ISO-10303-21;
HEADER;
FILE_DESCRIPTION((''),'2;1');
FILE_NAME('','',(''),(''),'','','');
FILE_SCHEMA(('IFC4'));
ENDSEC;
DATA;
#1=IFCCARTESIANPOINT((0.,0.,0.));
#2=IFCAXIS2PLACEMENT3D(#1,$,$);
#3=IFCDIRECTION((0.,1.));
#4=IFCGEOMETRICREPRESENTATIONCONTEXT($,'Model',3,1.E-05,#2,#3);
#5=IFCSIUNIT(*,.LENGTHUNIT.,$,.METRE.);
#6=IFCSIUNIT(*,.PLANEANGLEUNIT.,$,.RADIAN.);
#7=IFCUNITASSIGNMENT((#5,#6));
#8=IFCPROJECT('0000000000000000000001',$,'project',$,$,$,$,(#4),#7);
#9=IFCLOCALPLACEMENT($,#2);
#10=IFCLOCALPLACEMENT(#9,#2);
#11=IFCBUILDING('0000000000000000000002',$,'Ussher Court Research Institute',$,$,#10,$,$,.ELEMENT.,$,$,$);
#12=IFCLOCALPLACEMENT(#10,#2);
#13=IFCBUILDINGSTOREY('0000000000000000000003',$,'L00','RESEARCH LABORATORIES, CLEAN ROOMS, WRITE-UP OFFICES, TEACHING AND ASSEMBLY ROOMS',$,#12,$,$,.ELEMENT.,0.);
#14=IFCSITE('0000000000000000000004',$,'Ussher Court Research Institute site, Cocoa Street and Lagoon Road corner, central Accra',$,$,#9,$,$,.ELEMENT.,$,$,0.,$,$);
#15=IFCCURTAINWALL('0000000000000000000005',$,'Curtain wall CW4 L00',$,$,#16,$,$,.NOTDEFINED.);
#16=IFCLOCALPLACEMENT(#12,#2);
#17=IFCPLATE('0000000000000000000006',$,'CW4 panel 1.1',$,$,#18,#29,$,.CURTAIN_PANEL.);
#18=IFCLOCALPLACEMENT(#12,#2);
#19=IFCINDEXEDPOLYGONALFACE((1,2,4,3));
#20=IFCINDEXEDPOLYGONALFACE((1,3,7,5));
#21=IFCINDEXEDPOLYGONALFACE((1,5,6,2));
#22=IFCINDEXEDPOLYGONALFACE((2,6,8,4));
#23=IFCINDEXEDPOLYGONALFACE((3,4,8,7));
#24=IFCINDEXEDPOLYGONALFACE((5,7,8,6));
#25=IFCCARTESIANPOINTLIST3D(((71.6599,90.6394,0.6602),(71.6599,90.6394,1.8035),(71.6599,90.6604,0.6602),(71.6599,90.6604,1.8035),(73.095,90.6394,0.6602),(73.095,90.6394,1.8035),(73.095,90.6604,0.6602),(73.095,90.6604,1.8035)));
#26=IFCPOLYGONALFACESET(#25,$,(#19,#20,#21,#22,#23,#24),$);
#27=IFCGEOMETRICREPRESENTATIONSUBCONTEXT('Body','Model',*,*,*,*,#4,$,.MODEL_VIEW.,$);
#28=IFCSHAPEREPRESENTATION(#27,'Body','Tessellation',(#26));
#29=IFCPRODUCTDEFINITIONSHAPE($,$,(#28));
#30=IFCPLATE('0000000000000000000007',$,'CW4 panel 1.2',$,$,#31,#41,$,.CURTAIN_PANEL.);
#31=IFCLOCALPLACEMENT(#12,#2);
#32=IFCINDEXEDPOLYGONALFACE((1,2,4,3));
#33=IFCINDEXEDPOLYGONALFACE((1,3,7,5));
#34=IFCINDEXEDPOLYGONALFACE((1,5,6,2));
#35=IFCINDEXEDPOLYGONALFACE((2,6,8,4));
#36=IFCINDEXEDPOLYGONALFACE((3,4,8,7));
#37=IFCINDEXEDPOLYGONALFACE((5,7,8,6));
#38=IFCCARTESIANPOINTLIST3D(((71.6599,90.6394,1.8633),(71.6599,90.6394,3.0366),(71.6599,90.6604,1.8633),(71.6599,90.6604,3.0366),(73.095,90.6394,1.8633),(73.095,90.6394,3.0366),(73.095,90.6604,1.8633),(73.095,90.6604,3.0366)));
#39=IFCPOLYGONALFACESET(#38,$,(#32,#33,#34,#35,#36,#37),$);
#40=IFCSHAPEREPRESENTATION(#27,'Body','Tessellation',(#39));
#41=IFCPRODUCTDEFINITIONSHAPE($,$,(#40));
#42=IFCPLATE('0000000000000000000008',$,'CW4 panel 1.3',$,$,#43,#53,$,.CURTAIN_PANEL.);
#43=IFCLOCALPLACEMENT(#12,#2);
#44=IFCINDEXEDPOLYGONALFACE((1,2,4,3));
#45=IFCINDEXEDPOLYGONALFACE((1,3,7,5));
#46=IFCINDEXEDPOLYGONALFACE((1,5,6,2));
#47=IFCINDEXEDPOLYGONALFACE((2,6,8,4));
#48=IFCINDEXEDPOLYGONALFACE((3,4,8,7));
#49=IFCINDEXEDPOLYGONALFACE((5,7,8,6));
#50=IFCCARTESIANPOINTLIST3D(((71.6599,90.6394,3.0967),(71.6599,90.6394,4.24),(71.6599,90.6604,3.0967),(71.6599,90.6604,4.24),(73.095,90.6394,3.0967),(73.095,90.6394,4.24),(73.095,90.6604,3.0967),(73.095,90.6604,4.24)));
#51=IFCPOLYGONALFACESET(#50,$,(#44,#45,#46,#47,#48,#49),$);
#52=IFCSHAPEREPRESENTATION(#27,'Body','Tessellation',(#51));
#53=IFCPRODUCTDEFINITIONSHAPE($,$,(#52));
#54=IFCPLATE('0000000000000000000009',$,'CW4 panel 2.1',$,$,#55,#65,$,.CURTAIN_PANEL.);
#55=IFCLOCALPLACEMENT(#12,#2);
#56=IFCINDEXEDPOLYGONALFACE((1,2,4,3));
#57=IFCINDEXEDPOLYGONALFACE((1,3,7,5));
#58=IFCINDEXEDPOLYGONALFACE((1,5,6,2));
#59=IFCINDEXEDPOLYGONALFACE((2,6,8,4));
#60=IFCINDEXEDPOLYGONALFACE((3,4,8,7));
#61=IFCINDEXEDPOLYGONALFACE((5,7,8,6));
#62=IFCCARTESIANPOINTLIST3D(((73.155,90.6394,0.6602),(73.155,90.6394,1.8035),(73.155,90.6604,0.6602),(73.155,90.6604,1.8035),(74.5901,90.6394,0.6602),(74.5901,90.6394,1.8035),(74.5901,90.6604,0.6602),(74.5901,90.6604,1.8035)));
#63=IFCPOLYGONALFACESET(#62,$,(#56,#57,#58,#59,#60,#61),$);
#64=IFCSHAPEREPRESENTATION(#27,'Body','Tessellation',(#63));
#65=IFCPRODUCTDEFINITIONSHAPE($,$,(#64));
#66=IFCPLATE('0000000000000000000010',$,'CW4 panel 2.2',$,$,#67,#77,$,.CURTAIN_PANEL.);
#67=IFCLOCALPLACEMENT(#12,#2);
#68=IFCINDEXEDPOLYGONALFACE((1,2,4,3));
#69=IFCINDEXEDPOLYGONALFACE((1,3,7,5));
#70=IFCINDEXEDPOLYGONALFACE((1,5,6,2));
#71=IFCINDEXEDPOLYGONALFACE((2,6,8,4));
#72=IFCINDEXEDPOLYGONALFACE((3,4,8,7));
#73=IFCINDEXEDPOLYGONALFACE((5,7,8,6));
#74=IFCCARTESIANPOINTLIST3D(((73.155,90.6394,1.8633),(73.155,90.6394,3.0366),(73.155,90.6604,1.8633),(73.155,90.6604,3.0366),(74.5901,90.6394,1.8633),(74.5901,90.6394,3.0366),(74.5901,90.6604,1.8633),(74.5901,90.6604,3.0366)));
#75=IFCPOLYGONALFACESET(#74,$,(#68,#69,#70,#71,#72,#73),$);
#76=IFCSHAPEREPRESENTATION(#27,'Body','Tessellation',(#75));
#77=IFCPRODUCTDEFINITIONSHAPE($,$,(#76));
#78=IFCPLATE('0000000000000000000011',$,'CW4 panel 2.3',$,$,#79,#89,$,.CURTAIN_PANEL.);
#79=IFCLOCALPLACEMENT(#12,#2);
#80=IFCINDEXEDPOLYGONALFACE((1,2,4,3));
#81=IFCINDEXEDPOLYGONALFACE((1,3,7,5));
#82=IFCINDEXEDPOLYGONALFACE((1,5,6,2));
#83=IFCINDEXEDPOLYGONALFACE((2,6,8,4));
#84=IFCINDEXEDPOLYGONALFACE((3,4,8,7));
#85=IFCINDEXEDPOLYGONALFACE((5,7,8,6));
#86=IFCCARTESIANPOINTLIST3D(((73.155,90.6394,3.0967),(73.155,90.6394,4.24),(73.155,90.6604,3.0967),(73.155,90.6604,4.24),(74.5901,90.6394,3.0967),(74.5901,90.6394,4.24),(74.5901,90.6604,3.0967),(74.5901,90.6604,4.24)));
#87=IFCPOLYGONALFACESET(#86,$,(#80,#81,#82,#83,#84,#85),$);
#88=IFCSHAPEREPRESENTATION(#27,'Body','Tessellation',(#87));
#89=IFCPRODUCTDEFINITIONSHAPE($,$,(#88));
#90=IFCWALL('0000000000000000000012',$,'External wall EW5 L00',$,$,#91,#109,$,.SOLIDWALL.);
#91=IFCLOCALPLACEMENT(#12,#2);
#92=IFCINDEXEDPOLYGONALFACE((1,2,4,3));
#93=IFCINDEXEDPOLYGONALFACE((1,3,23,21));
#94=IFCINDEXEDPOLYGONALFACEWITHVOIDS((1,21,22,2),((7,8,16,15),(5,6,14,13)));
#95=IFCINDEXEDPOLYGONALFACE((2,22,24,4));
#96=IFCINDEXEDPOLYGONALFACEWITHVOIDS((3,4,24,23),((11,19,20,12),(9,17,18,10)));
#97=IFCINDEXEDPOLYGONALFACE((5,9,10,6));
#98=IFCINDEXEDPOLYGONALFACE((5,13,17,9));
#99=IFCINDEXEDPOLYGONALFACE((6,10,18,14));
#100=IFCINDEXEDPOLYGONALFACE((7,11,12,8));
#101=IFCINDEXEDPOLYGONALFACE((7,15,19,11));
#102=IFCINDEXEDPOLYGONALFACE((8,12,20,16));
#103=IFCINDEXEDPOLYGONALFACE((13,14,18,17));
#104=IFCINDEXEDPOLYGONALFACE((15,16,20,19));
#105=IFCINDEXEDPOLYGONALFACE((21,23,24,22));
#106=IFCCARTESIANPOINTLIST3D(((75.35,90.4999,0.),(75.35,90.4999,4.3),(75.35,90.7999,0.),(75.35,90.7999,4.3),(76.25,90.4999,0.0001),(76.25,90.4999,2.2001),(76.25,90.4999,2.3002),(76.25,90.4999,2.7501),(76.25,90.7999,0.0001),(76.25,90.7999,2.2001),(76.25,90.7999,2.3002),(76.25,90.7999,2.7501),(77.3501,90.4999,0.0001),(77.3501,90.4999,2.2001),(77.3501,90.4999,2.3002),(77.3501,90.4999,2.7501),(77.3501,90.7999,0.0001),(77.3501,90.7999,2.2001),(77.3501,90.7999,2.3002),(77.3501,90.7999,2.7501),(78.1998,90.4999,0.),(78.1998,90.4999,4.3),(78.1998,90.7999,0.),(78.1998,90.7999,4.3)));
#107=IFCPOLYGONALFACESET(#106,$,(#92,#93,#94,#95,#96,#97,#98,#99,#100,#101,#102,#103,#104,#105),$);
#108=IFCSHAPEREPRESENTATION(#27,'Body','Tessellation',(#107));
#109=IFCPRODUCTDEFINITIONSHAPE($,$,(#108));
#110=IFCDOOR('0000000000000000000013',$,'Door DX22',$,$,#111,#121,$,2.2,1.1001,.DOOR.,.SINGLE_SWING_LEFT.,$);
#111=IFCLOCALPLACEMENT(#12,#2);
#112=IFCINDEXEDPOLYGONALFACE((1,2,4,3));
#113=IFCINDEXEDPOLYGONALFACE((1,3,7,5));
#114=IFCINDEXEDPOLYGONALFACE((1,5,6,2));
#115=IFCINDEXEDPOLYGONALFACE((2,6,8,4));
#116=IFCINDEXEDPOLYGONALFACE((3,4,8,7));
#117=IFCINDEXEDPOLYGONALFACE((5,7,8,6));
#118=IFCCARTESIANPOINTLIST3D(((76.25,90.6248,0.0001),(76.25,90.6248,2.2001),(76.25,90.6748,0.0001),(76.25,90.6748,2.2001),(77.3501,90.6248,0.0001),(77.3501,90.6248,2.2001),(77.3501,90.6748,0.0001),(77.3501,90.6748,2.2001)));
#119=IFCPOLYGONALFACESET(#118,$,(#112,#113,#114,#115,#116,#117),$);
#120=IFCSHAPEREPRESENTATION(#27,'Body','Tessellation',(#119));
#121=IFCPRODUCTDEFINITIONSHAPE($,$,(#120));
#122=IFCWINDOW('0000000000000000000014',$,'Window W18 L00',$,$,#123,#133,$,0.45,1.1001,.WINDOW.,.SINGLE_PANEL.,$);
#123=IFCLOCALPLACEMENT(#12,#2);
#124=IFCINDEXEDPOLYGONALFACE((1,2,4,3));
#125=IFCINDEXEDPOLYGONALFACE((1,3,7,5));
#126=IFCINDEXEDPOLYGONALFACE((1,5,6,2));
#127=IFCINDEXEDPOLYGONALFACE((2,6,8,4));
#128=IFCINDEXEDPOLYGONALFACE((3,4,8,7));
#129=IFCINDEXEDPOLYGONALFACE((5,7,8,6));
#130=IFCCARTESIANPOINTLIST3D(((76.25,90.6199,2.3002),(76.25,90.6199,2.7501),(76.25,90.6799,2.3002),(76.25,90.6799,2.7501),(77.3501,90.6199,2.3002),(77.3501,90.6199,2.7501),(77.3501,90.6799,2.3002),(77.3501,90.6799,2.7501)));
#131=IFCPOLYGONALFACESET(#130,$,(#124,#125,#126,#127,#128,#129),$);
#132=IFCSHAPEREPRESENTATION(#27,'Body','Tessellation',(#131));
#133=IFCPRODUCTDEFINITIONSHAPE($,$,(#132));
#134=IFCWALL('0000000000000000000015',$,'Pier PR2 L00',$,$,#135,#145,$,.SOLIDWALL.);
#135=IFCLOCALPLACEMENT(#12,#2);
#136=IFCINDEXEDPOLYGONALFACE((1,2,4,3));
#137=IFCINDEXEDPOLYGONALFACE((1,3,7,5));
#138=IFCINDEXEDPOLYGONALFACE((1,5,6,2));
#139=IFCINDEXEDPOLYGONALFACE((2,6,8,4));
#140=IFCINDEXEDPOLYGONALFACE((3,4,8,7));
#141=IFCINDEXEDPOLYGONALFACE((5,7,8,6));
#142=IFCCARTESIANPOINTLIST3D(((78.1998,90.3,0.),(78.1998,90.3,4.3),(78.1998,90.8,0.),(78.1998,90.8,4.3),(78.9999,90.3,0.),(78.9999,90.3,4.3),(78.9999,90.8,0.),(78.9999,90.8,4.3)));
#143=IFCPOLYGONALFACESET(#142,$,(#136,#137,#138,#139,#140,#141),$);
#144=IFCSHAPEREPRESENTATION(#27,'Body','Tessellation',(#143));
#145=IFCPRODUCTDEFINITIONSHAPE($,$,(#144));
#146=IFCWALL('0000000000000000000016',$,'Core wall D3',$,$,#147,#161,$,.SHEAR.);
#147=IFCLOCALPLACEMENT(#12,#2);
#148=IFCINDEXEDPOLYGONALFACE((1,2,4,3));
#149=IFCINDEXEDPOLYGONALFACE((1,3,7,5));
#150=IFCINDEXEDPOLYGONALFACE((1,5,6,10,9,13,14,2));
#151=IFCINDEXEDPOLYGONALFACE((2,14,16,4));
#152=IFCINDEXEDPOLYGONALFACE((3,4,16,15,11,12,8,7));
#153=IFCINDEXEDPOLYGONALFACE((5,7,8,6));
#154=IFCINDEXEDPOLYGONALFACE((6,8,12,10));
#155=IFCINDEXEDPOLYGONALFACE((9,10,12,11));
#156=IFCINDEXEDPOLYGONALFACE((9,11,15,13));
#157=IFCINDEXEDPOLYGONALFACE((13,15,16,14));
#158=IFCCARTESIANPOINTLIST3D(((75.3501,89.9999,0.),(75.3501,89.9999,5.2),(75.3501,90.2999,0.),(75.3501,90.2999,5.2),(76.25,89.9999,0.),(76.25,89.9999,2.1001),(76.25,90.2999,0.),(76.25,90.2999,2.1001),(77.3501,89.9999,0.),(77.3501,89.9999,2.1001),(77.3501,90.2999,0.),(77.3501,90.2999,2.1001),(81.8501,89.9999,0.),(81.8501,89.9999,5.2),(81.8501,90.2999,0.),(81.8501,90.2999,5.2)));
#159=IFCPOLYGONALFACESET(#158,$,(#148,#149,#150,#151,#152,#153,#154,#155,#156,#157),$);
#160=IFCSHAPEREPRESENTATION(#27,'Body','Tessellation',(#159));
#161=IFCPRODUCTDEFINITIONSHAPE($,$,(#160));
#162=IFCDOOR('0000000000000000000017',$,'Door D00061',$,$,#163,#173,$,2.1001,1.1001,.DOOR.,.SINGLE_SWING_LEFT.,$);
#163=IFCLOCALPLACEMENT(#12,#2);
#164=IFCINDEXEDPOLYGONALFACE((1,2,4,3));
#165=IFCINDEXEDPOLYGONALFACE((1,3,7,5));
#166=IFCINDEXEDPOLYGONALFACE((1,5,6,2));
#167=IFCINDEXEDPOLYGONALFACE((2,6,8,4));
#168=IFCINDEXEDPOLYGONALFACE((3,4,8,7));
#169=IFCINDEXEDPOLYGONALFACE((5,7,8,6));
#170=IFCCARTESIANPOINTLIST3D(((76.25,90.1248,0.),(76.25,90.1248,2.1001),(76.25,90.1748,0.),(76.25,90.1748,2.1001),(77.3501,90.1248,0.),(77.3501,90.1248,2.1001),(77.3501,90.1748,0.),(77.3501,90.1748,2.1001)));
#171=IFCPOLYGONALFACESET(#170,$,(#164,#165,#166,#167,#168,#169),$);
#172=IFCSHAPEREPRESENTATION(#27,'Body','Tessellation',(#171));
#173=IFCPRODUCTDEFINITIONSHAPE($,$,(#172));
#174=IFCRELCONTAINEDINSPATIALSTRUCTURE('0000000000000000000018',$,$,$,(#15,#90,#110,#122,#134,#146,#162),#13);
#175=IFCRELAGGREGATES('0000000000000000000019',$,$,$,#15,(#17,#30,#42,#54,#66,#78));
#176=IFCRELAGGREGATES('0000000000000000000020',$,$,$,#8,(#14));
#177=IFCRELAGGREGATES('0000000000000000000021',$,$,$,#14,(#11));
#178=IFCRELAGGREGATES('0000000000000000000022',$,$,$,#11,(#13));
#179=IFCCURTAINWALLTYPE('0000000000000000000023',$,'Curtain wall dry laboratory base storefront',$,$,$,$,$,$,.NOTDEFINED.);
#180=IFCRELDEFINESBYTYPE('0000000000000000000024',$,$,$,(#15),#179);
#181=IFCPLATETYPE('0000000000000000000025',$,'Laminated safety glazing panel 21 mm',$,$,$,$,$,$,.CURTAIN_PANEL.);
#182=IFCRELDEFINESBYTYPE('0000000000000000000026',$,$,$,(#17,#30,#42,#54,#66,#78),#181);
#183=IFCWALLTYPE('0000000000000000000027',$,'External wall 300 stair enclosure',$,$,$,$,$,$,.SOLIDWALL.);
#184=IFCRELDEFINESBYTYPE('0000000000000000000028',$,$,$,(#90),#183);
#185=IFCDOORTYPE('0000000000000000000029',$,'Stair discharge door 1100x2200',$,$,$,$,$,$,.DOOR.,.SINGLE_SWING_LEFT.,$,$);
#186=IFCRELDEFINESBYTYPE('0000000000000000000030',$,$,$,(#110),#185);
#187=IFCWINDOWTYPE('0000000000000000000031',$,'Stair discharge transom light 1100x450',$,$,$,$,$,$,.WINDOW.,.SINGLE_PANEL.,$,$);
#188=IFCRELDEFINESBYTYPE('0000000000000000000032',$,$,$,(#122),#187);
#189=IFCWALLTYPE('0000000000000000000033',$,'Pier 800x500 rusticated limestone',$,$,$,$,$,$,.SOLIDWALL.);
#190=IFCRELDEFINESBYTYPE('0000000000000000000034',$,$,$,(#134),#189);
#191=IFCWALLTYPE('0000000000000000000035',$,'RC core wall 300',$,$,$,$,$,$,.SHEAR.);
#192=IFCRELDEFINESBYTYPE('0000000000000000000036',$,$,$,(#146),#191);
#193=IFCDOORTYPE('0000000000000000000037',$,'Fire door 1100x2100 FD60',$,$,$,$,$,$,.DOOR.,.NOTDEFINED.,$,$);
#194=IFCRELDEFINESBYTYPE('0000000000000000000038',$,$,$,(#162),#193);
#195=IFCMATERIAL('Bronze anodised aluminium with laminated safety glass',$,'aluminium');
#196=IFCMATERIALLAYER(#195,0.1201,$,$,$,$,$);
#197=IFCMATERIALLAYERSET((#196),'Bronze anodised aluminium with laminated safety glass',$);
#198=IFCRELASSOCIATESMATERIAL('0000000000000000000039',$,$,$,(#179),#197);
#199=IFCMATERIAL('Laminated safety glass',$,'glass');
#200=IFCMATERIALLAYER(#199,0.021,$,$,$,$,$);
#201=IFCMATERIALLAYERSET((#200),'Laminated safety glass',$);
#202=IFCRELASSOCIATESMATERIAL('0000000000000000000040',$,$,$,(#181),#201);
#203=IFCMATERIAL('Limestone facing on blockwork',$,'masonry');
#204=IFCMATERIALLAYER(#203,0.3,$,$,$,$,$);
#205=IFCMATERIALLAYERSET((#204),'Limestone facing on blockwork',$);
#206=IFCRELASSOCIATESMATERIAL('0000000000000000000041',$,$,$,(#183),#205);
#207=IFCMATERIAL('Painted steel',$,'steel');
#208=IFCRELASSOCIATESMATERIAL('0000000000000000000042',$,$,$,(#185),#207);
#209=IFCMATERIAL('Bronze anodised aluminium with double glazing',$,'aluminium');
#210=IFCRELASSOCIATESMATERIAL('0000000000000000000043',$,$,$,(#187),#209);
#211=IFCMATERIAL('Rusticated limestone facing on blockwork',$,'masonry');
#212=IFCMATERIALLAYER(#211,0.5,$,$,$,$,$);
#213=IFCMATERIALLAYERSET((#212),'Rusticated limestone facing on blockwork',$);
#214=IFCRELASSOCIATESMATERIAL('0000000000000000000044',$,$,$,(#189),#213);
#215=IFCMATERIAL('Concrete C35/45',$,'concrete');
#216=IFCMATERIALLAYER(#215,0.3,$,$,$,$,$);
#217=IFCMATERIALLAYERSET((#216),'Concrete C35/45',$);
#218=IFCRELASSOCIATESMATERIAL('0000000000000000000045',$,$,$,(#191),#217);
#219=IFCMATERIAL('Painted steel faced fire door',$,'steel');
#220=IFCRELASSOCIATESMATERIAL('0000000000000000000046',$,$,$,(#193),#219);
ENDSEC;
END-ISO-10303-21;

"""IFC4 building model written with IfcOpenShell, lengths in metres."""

from ifc_helpers import new_model, si_unit, direction, frame, frame_2d, origin, origin_2d, place, context, subcontext, project, spatial, rectangle, extrude, material, layer, layer_set, type_object, element, fill, aggregate, save


model = new_model("IFC4")

# Units and contexts
model_context = context("Model", 3, precision=1e-05, world=origin(), true_north=direction((0.0, 1.0)))
body_context = subcontext(model_context, "Body", "Model", "MODEL_VIEW")
ifc_project = project(units=[si_unit("LENGTHUNIT", "METRE"), si_unit("PLANEANGLEUNIT", "RADIAN")], contexts=[model_context])

# Site, building, storey
site_placement = place(None, origin())
site = spatial("IfcSite", under=ifc_project, at=site_placement, Name="Ussher Court Research Institute site, Cocoa Street and Lagoon Road corner, central Accra", CompositionType="ELEMENT", RefElevation=0.0)
building_placement = place(site_placement, origin())
building = spatial("IfcBuilding", under=site, at=building_placement, Name="Ussher Court Research Institute", CompositionType="ELEMENT")
storey_placement = place(building_placement, origin())
storey = spatial("IfcBuildingStorey", under=building, at=storey_placement, Name="L00", Description="RESEARCH LABORATORIES, CLEAN ROOMS, WRITE-UP OFFICES, TEACHING AND ASSEMBLY ROOMS", CompositionType="ELEMENT", Elevation=0.0)

# Curtain wall, plates
ifc_material_1 = material(Name="Bronze anodised aluminium with laminated safety glass", Category="aluminium")
ifc_layer_1 = layer(ifc_material_1, 0.1201)
ifc_layer_set_1 = layer_set([ifc_layer_1], Name="Bronze anodised aluminium with laminated safety glass")
curtain_wall_type = type_object("IfcCurtainWallType", Name="Curtain wall dry laboratory base storefront", PredefinedType="NOTDEFINED", material=ifc_layer_set_1)
curtain_wall_placement = place(storey_placement, origin())
curtain_wall = element("IfcCurtainWall", 1, at=curtain_wall_placement, inside=storey, type_object=curtain_wall_type, Name="Curtain wall CW4 L00", PredefinedType="NOTDEFINED")
ifc_material_2 = material(Name="Laminated safety glass", Category="glass")
ifc_layer_2 = layer(ifc_material_2, 0.021)
ifc_layer_set_2 = layer_set([ifc_layer_2], Name="Laminated safety glass")
plate_type = type_object("IfcPlateType", Name="Laminated safety glazing panel 21 mm", PredefinedType="CURTAIN_PANEL", material=ifc_layer_set_2)
plate_1_placement = place(storey_placement, frame((72.3774, 90.6499, 0.6602), z_axis=(0.0, 0.0, 1.0), x_axis=(1.0, 0.0, 0.0)))
plate_1 = element("IfcPlate", 2, at=plate_1_placement, type_object=plate_type, Name="CW4 panel 1.1", PredefinedType="CURTAIN_PANEL", context=body_context, shape_type="SweptSolid", body=[
    extrude(rectangle(XDim=1.4351, YDim=0.021, at=origin_2d()), origin(), (0.0, 0.0, 1.0), 1.1433),
])
plate_2_placement = place(storey_placement, frame((72.3774, 90.6499, 1.8633), z_axis=(0.0, 0.0, 1.0), x_axis=(1.0, 0.0, 0.0)))
plate_2 = element("IfcPlate", 3, at=plate_2_placement, type_object=plate_type, Name="CW4 panel 1.2", PredefinedType="CURTAIN_PANEL", context=body_context, shape_type="SweptSolid", body=[
    extrude(rectangle(XDim=1.4351, YDim=0.021, at=origin_2d()), origin(), (0.0, 0.0, 1.0), 1.1733),
])
plate_3_placement = place(storey_placement, frame((72.3774, 90.6499, 3.0967), z_axis=(0.0, 0.0, 1.0), x_axis=(1.0, 0.0, 0.0)))
plate_3 = element("IfcPlate", 4, at=plate_3_placement, type_object=plate_type, Name="CW4 panel 1.3", PredefinedType="CURTAIN_PANEL", context=body_context, shape_type="SweptSolid", body=[
    extrude(rectangle(XDim=1.4351, YDim=0.021, at=origin_2d()), origin(), (0.0, 0.0, 1.0), 1.1433),
])
plate_4_placement = place(storey_placement, frame((73.8726, 90.6499, 0.6602), z_axis=(0.0, 0.0, 1.0), x_axis=(1.0, 0.0, 0.0)))
plate_4 = element("IfcPlate", 5, at=plate_4_placement, type_object=plate_type, Name="CW4 panel 2.1", PredefinedType="CURTAIN_PANEL", context=body_context, shape_type="SweptSolid", body=[
    extrude(rectangle(XDim=1.4351, YDim=0.021, at=origin_2d()), origin(), (0.0, 0.0, 1.0), 1.1433),
])
plate_5_placement = place(storey_placement, frame((73.8726, 90.6499, 1.8633), z_axis=(0.0, 0.0, 1.0), x_axis=(1.0, 0.0, 0.0)))
plate_5 = element("IfcPlate", 6, at=plate_5_placement, type_object=plate_type, Name="CW4 panel 2.2", PredefinedType="CURTAIN_PANEL", context=body_context, shape_type="SweptSolid", body=[
    extrude(rectangle(XDim=1.4351, YDim=0.021, at=origin_2d()), origin(), (0.0, 0.0, 1.0), 1.1733),
])
plate_6_placement = place(storey_placement, frame((73.8726, 90.6499, 3.0967), z_axis=(0.0, 0.0, 1.0), x_axis=(1.0, 0.0, 0.0)))
plate_6 = element("IfcPlate", 7, at=plate_6_placement, type_object=plate_type, Name="CW4 panel 2.3", PredefinedType="CURTAIN_PANEL", context=body_context, shape_type="SweptSolid", body=[
    extrude(rectangle(XDim=1.4351, YDim=0.021, at=origin_2d()), origin(), (0.0, 0.0, 1.0), 1.1433),
])
aggregate(curtain_wall, [plate_1, plate_2, plate_3, plate_4, plate_5, plate_6])

# Wall, openings, door, window
ifc_material_3 = material(Name="Limestone facing on blockwork", Category="masonry")
ifc_layer_3 = layer(ifc_material_3, 0.3)
ifc_layer_set_3 = layer_set([ifc_layer_3], Name="Limestone facing on blockwork")
wall_type_1 = type_object("IfcWallType", Name="External wall 300 stair enclosure", PredefinedType="SOLIDWALL", material=ifc_layer_set_3)
wall_1_placement = place(storey_placement, frame((75.3501, 90.6499, 0.0), z_axis=(0.0, 0.0, 1.0), x_axis=(1.0, 0.0, 0.0)))
wall_1 = element("IfcWall", 8, at=wall_1_placement, inside=storey, type_object=wall_type_1, Name="External wall EW5 L00", PredefinedType="SOLIDWALL", context=body_context, shape_type="SweptSolid", body=[
    extrude(rectangle(XDim=2.8499, YDim=0.3, at=frame_2d((1.4248, 0.0))), origin(), (0.0, 0.0, 1.0), 4.3),
])
opening_1_placement = place(wall_1_placement, frame((0.8999, 0.0, 0.0)))
opening_1 = element("IfcOpeningElement", 9, at=opening_1_placement, cuts=wall_1, PredefinedType="OPENING", context=body_context, shape_type="SweptSolid", body=[
    extrude(rectangle(XDim=1.1001, YDim=2.2, at=frame_2d((0.55, 1.1001))), frame((0.0, 0.1602, 0.0), z_axis=(0.0, -1.0, 0.0), x_axis=(1.0, 0.0, 0.0)), (0.0, 0.0, 1.0), 0.3201),
])
opening_2_placement = place(wall_1_placement, frame((0.8999, 0.0, 2.3)))
opening_2 = element("IfcOpeningElement", 10, at=opening_2_placement, cuts=wall_1, PredefinedType="OPENING", context=body_context, shape_type="SweptSolid", body=[
    extrude(rectangle(XDim=1.1001, YDim=0.45, at=frame_2d((0.55, 0.2251))), frame((0.0, 0.1602, 0.0), z_axis=(0.0, -1.0, 0.0), x_axis=(1.0, 0.0, 0.0)), (0.0, 0.0, 1.0), 0.3201),
])
ifc_material_4 = material(Name="Painted steel", Category="steel")
door_type_1 = type_object("IfcDoorType", Name="Stair discharge door 1100x2200", OperationType="SINGLE_SWING_LEFT", PredefinedType="DOOR", material=ifc_material_4)
door_1_placement = place(opening_1_placement, origin())
door_1 = element("IfcDoor", 11, at=door_1_placement, inside=storey, type_object=door_type_1, Name="Door DX22", OperationType="SINGLE_SWING_LEFT", OverallHeight=2.2, OverallWidth=1.1001, PredefinedType="DOOR", context=body_context, shape_type="SweptSolid", body=[
    extrude(rectangle(XDim=1.1001, YDim=2.2, at=frame_2d((0.55, 1.1001))), frame((0.0, 0.0249, 0.0), z_axis=(0.0, -1.0, 0.0), x_axis=(1.0, 0.0, 0.0)), (0.0, 0.0, 1.0), 0.05),
])
fill(opening_1, door_1)
ifc_material_5 = material(Name="Bronze anodised aluminium with double glazing", Category="aluminium")
window_type = type_object("IfcWindowType", Name="Stair discharge transom light 1100x450", PartitioningType="SINGLE_PANEL", PredefinedType="WINDOW", material=ifc_material_5)
window_placement = place(opening_2_placement, origin())
window = element("IfcWindow", 12, at=window_placement, inside=storey, type_object=window_type, Name="Window W18 L00", OverallHeight=0.45, OverallWidth=1.1001, PartitioningType="SINGLE_PANEL", PredefinedType="WINDOW", context=body_context, shape_type="SweptSolid", body=[
    extrude(rectangle(XDim=1.1001, YDim=0.45, at=frame_2d((0.55, 0.2251))), frame((0.0, 0.03, 0.0), z_axis=(0.0, -1.0, 0.0), x_axis=(1.0, 0.0, 0.0)), (0.0, 0.0, 1.0), 0.0601),
])
fill(opening_2, window)

# Wall
ifc_material_6 = material(Name="Rusticated limestone facing on blockwork", Category="masonry")
ifc_layer_4 = layer(ifc_material_6, 0.5)
ifc_layer_set_4 = layer_set([ifc_layer_4], Name="Rusticated limestone facing on blockwork")
wall_type_2 = type_object("IfcWallType", Name="Pier 800x500 rusticated limestone", PredefinedType="SOLIDWALL", material=ifc_layer_set_4)
wall_2_placement = place(storey_placement, frame((78.2, 90.55, 0.0), z_axis=(0.0, 0.0, 1.0), x_axis=(1.0, 0.0, 0.0)))
element("IfcWall", 13, at=wall_2_placement, inside=storey, type_object=wall_type_2, Name="Pier PR2 L00", PredefinedType="SOLIDWALL", context=body_context, shape_type="SweptSolid", body=[
    extrude(rectangle(XDim=0.8, YDim=0.5, at=frame_2d((0.3999, 0.0))), origin(), (0.0, 0.0, 1.0), 4.3),
])

# Wall, opening, door
ifc_material_7 = material(Name="Concrete C35/45", Category="concrete")
ifc_layer_5 = layer(ifc_material_7, 0.3)
ifc_layer_set_5 = layer_set([ifc_layer_5], Name="Concrete C35/45")
wall_type_3 = type_object("IfcWallType", Name="RC core wall 300", PredefinedType="SHEAR", material=ifc_layer_set_5)
wall_3_placement = place(storey_placement, frame((75.3501, 90.1499, 0.0), z_axis=(0.0, 0.0, 1.0), x_axis=(1.0, 0.0, 0.0)))
wall_3 = element("IfcWall", 14, at=wall_3_placement, inside=storey, type_object=wall_type_3, Name="Core wall D3", PredefinedType="SHEAR", context=body_context, shape_type="SweptSolid", body=[
    extrude(rectangle(XDim=6.5, YDim=0.3, at=frame_2d((3.25, 0.0))), origin(), (0.0, 0.0, 1.0), 5.2),
])
opening_3_placement = place(wall_3_placement, frame((0.8999, 0.0, 0.0)))
opening_3 = element("IfcOpeningElement", 15, at=opening_3_placement, cuts=wall_3, PredefinedType="OPENING", context=body_context, shape_type="SweptSolid", body=[
    extrude(rectangle(XDim=1.1001, YDim=2.1001, at=frame_2d((0.55, 1.05))), frame((0.0, 0.1602, 0.0), z_axis=(0.0, -1.0, 0.0), x_axis=(1.0, 0.0, 0.0)), (0.0, 0.0, 1.0), 0.3201),
])
ifc_material_8 = material(Name="Painted steel faced fire door", Category="steel")
door_type_2 = type_object("IfcDoorType", Name="Fire door 1100x2100 FD60", OperationType="NOTDEFINED", PredefinedType="DOOR", material=ifc_material_8)
door_2_placement = place(opening_3_placement, origin())
door_2 = element("IfcDoor", 16, at=door_2_placement, inside=storey, type_object=door_type_2, Name="Door D00061", OperationType="SINGLE_SWING_LEFT", OverallHeight=2.1001, OverallWidth=1.1001, PredefinedType="DOOR", context=body_context, shape_type="SweptSolid", body=[
    extrude(rectangle(XDim=1.1001, YDim=2.1001, at=frame_2d((0.55, 1.05))), frame((0.0, 0.0249, 0.0), z_axis=(0.0, -1.0, 0.0), x_axis=(1.0, 0.0, 0.0)), (0.0, 0.0, 1.0), 0.05),
])
fill(opening_3, door_2)

save(model, "model.ifc")
